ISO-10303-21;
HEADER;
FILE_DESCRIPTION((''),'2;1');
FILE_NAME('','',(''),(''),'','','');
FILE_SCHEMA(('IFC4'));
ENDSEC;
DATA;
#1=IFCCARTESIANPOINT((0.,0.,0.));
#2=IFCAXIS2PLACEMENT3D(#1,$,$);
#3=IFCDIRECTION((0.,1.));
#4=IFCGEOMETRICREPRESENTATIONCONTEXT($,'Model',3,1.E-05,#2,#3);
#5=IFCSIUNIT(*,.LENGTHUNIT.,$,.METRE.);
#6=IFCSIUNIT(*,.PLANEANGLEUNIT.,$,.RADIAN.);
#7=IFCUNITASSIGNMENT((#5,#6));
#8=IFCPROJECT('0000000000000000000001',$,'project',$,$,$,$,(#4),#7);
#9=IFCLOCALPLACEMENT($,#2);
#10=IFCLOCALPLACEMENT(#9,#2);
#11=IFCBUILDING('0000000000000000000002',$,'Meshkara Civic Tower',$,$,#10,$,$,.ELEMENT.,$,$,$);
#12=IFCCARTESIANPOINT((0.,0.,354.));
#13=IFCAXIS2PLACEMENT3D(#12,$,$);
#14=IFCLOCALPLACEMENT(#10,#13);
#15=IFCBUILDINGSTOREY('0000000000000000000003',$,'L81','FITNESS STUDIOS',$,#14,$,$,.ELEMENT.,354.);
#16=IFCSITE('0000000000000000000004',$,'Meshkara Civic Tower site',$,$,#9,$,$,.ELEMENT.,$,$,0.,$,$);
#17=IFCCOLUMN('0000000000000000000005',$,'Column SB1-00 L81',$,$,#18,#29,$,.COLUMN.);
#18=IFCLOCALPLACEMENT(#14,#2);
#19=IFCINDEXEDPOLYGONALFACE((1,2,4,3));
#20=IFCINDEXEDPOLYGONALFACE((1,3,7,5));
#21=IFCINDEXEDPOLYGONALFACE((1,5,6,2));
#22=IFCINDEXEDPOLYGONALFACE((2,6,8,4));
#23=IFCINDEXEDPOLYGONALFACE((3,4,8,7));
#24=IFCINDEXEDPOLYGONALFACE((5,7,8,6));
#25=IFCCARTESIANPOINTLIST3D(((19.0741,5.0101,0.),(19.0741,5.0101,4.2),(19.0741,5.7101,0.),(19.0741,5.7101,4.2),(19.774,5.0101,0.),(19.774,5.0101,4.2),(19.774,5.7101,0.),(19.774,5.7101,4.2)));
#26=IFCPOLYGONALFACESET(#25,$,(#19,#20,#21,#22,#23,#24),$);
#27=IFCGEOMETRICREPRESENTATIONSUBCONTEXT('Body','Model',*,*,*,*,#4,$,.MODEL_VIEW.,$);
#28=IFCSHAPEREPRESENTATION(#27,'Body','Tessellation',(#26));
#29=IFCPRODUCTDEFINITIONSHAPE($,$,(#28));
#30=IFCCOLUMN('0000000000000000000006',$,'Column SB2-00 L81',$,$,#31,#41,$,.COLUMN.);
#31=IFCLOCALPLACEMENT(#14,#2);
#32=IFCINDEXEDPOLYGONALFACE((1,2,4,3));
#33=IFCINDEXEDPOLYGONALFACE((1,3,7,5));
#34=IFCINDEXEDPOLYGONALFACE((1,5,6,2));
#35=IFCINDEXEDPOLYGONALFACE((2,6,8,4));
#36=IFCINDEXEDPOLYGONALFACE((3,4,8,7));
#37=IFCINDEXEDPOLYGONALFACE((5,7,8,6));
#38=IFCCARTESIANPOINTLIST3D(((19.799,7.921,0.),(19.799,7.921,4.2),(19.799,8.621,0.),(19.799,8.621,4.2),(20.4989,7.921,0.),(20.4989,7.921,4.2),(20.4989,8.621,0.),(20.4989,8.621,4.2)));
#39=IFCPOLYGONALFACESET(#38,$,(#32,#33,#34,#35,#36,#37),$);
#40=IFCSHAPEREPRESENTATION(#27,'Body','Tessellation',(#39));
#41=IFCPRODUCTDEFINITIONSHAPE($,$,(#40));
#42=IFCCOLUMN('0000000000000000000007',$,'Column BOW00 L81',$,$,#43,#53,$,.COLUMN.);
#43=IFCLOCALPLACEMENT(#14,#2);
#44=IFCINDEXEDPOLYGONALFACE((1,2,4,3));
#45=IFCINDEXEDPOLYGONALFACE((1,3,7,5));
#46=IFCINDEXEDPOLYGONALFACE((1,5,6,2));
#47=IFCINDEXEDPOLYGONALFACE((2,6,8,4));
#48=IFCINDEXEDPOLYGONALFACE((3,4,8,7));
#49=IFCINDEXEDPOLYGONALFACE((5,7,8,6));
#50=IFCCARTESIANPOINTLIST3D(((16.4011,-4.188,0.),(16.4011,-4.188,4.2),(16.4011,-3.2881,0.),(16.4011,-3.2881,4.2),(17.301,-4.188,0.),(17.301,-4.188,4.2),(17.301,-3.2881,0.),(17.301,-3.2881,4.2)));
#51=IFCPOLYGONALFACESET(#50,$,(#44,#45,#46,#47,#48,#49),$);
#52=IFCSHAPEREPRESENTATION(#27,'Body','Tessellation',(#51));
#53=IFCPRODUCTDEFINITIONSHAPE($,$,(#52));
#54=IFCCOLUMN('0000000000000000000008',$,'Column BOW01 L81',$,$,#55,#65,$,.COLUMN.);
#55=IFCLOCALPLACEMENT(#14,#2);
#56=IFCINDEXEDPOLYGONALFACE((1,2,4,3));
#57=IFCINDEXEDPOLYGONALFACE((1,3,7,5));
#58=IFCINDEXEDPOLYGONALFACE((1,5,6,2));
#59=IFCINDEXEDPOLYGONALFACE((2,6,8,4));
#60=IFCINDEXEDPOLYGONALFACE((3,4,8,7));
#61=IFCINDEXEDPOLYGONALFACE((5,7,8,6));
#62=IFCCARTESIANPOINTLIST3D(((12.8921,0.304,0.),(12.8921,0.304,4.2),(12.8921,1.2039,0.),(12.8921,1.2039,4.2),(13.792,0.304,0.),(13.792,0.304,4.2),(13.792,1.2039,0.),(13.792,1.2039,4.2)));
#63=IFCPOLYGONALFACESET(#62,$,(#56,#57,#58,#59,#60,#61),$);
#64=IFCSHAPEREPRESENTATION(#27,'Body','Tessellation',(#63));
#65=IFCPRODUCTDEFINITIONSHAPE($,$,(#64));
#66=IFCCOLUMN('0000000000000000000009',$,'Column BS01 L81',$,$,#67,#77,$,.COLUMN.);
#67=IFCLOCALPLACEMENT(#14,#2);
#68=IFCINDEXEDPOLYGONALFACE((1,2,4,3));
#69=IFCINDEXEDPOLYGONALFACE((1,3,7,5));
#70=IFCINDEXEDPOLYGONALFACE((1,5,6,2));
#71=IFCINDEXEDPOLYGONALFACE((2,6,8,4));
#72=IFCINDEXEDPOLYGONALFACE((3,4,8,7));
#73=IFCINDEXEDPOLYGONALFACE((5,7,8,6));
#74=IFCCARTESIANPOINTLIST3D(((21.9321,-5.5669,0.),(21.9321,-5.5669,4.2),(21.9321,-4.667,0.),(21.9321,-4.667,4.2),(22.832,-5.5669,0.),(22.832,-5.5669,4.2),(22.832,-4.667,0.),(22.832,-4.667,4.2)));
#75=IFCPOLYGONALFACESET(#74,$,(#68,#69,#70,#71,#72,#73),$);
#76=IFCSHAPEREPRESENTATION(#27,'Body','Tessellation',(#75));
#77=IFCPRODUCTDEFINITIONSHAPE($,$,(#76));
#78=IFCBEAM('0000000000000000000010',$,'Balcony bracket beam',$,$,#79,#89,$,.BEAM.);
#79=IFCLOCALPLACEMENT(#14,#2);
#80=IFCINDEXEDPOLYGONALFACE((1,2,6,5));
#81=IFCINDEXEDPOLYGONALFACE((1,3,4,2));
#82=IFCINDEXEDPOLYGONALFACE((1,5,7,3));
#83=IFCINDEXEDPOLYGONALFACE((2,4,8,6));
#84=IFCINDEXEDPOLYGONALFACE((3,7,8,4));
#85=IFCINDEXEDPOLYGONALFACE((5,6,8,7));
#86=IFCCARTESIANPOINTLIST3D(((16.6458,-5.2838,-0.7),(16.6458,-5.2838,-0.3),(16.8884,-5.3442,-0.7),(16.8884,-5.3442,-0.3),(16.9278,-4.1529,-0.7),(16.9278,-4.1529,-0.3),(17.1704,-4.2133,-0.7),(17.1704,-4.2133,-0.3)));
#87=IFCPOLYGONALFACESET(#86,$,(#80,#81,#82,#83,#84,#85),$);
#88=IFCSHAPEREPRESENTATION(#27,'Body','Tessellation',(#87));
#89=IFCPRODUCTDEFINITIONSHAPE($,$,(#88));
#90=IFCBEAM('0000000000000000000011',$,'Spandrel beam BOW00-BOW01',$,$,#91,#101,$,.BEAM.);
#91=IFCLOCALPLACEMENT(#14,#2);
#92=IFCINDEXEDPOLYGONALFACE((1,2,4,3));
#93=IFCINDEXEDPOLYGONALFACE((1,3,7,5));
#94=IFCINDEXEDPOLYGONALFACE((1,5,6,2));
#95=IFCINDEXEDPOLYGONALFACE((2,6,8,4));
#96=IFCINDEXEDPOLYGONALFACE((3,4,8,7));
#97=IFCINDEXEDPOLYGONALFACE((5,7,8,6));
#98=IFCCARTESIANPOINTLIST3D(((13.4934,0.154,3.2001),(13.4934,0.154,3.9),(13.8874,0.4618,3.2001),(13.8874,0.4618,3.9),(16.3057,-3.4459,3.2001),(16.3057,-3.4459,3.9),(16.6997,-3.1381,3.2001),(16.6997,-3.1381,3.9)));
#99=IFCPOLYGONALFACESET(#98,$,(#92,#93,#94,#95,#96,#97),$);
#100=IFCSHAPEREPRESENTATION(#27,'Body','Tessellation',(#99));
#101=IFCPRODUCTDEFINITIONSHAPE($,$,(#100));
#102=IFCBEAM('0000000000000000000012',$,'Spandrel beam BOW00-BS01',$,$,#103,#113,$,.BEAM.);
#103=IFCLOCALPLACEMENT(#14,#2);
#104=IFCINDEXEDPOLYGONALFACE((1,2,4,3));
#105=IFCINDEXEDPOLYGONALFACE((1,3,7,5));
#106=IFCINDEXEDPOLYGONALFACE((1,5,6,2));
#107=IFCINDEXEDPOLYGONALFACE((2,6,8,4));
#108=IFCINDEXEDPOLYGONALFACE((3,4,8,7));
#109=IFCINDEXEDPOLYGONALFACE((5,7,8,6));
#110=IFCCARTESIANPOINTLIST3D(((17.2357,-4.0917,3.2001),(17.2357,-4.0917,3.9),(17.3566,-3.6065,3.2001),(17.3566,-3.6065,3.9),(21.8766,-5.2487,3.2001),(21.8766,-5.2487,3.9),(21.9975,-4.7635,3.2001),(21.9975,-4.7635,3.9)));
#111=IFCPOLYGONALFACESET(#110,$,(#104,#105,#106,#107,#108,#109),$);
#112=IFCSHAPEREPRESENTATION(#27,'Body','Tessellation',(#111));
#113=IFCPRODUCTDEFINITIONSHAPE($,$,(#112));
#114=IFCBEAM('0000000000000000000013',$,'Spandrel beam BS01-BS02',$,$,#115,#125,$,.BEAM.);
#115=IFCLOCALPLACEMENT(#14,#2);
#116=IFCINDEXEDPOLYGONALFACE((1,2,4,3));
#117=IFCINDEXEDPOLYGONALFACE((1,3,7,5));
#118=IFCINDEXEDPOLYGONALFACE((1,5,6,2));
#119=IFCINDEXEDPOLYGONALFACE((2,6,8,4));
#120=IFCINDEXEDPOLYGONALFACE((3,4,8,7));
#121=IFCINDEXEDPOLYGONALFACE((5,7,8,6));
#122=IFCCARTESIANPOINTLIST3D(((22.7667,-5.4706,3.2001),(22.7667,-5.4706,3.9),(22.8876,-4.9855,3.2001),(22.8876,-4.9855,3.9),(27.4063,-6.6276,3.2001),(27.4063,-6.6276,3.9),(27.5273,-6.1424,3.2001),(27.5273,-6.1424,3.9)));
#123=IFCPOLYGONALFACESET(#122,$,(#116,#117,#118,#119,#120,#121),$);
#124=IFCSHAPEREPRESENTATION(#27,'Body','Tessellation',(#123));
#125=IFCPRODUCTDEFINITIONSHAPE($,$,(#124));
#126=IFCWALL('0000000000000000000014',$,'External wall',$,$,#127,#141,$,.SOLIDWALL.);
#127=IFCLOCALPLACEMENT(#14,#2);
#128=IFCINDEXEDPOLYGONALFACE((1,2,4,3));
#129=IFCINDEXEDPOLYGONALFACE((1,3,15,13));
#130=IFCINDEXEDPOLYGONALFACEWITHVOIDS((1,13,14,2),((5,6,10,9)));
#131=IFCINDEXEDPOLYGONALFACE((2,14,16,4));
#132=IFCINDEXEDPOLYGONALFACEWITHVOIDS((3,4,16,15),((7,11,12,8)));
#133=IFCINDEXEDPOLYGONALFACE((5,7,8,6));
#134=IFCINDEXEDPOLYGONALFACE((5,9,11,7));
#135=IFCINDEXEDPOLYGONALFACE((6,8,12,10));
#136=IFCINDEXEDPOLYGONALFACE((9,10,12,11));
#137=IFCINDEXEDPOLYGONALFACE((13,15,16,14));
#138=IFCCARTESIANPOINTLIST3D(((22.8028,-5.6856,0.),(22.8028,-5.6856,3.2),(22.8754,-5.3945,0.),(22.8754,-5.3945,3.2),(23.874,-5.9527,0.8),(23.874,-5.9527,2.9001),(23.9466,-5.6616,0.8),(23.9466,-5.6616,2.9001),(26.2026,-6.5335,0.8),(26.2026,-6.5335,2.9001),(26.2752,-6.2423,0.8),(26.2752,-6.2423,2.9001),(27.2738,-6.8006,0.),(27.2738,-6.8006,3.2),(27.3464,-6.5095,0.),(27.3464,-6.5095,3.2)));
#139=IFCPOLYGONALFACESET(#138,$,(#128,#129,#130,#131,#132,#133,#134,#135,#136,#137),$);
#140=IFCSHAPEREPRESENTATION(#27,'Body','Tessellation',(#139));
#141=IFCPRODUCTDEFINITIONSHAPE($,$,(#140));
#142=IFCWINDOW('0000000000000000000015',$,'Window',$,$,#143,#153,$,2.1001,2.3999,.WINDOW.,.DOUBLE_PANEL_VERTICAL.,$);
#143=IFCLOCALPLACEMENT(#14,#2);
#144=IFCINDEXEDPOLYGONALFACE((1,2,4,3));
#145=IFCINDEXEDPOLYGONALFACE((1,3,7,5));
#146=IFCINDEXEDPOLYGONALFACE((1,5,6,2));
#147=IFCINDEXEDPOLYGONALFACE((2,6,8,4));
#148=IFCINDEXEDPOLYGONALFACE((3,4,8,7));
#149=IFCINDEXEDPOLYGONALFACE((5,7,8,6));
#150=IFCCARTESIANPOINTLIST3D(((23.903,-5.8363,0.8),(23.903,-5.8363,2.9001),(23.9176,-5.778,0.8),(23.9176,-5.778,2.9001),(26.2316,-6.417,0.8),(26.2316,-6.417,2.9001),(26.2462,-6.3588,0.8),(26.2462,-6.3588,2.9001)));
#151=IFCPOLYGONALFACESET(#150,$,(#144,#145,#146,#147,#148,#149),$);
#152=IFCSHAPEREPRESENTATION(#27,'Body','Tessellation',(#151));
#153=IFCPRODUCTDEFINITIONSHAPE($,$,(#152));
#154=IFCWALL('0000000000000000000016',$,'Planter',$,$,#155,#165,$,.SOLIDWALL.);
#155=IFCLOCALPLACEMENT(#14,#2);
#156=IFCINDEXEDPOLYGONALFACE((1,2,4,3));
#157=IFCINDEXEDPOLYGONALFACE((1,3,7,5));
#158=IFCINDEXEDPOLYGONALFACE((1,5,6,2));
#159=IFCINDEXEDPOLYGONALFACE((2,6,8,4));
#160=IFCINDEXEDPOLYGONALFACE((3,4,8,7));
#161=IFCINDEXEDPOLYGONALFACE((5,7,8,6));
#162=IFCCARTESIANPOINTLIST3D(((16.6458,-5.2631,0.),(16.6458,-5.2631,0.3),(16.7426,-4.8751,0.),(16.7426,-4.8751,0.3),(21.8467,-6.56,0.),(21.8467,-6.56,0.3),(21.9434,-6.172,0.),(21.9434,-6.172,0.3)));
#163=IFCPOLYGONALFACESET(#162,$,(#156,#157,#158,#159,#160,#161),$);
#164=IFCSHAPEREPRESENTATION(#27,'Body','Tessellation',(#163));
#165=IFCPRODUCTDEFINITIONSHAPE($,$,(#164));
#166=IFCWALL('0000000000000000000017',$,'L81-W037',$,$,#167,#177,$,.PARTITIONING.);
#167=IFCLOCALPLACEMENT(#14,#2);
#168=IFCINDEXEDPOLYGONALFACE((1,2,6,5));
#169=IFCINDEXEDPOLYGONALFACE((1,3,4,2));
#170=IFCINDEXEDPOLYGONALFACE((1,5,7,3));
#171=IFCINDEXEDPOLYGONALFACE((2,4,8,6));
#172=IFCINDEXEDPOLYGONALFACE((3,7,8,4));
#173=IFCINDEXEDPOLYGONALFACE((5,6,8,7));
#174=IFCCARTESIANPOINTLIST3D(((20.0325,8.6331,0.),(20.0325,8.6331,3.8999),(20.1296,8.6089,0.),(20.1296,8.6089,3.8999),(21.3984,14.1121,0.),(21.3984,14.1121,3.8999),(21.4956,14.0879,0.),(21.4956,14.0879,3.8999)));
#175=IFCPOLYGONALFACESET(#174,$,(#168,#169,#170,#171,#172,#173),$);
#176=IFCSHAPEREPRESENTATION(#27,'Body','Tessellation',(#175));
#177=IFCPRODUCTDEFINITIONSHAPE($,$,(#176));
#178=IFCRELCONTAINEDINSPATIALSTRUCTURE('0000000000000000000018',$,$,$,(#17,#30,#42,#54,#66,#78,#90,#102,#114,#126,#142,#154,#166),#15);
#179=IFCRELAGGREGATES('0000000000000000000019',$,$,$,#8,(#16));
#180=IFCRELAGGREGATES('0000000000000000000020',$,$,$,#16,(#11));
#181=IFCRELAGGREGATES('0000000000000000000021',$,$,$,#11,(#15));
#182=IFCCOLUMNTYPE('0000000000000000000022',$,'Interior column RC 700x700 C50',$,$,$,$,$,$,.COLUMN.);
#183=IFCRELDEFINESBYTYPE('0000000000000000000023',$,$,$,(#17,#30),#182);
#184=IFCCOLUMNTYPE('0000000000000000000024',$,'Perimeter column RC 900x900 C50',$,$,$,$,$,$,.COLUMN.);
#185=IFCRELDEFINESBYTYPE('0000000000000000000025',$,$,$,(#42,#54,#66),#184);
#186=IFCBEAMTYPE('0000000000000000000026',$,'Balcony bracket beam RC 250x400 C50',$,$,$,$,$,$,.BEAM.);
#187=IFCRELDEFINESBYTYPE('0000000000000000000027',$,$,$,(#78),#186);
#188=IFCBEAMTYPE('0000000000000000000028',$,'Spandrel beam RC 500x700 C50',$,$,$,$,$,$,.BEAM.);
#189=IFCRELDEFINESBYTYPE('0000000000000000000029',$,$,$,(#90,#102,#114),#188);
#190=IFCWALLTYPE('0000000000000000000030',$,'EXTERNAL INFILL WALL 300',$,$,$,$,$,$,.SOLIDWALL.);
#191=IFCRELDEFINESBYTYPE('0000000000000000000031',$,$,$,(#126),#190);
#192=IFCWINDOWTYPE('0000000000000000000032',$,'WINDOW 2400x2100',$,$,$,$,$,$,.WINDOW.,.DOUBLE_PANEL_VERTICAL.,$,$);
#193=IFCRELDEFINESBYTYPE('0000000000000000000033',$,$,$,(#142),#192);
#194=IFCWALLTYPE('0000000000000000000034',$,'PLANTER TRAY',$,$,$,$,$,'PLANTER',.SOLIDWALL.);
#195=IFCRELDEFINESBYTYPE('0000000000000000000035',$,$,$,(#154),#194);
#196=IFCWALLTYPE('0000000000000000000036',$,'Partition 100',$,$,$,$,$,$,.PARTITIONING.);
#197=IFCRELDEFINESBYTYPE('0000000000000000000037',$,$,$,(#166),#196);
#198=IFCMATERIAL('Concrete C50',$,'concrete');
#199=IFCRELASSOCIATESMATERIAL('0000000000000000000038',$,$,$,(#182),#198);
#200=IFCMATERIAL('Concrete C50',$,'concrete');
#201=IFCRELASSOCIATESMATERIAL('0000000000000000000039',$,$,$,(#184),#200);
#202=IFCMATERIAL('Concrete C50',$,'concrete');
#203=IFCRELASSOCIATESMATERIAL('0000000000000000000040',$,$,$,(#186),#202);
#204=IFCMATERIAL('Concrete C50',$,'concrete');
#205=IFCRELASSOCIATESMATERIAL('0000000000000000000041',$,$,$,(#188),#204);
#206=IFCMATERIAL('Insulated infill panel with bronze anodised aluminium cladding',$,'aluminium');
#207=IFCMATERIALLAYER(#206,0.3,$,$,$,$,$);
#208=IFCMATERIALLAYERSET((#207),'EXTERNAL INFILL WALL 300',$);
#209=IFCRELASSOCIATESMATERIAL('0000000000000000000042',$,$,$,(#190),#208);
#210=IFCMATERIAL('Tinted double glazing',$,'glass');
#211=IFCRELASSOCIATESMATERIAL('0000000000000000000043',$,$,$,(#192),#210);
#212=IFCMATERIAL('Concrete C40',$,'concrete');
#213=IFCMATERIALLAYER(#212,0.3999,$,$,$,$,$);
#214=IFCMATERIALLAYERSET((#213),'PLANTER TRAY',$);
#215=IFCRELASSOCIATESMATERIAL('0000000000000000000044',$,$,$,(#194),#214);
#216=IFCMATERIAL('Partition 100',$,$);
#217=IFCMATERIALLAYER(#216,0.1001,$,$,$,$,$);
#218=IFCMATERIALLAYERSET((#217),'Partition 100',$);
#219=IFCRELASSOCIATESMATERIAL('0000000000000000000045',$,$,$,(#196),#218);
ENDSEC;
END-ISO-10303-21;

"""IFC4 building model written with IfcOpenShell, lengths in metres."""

from ifc_helpers import new_model, si_unit, direction, frame, frame_2d, origin, origin_2d, place, context, subcontext, project, spatial, rectangle, extrude, material, layer, layer_set, material_profile, profile_set, type_object, element, fill, save


model = new_model("IFC4")

# Units and contexts
model_context = context("Model", 3, precision=1e-05, world=origin(), true_north=direction((0.0, 1.0)))
body_context = subcontext(model_context, "Body", "Model", "MODEL_VIEW")
ifc_project = project(units=[si_unit("LENGTHUNIT", "METRE"), si_unit("PLANEANGLEUNIT", "RADIAN")], contexts=[model_context])

# Site, building, storey
site_placement = place(None, origin())
site = spatial("IfcSite", under=ifc_project, at=site_placement, Name="Meshkara Civic Tower site", CompositionType="ELEMENT", RefElevation=0.0)
building_placement = place(site_placement, origin())
building = spatial("IfcBuilding", under=site, at=building_placement, Name="Meshkara Civic Tower", CompositionType="ELEMENT")
storey_placement = place(building_placement, frame((0.0, 0.0, 354.0)))
storey = spatial("IfcBuildingStorey", under=building, at=storey_placement, Name="L81", Description="FITNESS STUDIOS", CompositionType="ELEMENT", Elevation=354.0)

# Columns
ifc_material_1 = material(Name="Concrete C50", Category="concrete")
ifc_material_profile_1 = material_profile(ifc_material_1, rectangle(XDim=0.7, YDim=0.7, at=origin_2d()))
ifc_profile_set_1 = profile_set([ifc_material_profile_1], Name="Concrete C50")
column_type_1 = type_object("IfcColumnType", Name="Interior column RC 700x700 C50", PredefinedType="COLUMN", material=ifc_profile_set_1)
for number, where, z_axis, x_axis, name in (
    (1, (19.4241, 5.3601, 0.0), (0.0, 0.0, 1.0), (1.0, 0.0, 0.0), "Column SB1-00 L81"),
    (2, (20.1489, 8.271, 0.0), (0.0, 0.0, 1.0), (1.0, 0.0, 0.0), "Column SB2-00 L81"),
):
    element("IfcColumn", number, at=place(storey_placement, frame(where, z_axis=z_axis, x_axis=x_axis)), inside=storey, type_object=column_type_1, Name=name, PredefinedType="COLUMN", context=body_context, shape_type="SweptSolid", body=[
        extrude(rectangle(XDim=0.7, YDim=0.7, at=origin_2d()), origin(), (0.0, 0.0, 1.0), 4.2),
    ])
ifc_material_2 = material(Name="Concrete C50", Category="concrete")
ifc_material_profile_2 = material_profile(ifc_material_2, rectangle(XDim=0.8999, YDim=0.8999, at=origin_2d()))
ifc_profile_set_2 = profile_set([ifc_material_profile_2], Name="Concrete C50")
column_type_2 = type_object("IfcColumnType", Name="Perimeter column RC 900x900 C50", PredefinedType="COLUMN", material=ifc_profile_set_2)
for number, where, z_axis, x_axis, name in (
    (3, (16.8511, -3.738, 0.0), (0.0, 0.0, 1.0), (1.0, 0.0, 0.0), "Column BOW00 L81"),
    (4, (13.342, 0.7539, 0.0), (0.0, 0.0, 1.0), (1.0, 0.0, 0.0), "Column BOW01 L81"),
    (5, (22.3821, -5.1169, 0.0), (0.0, 0.0, 1.0), (1.0, 0.0, 0.0), "Column BS01 L81"),
):
    element("IfcColumn", number, at=place(storey_placement, frame(where, z_axis=z_axis, x_axis=x_axis)), inside=storey, type_object=column_type_2, Name=name, PredefinedType="COLUMN", context=body_context, shape_type="SweptSolid", body=[
        extrude(rectangle(XDim=0.8999, YDim=0.8999, at=origin_2d()), origin(), (0.0, 0.0, 1.0), 4.2),
    ])

# Beams
ifc_material_3 = material(Name="Concrete C50", Category="concrete")
ifc_material_profile_3 = material_profile(ifc_material_3, rectangle(XDim=0.25, YDim=0.3999, at=origin_2d()))
ifc_profile_set_3 = profile_set([ifc_material_profile_3], Name="Concrete C50")
beam_type_1 = type_object("IfcBeamType", Name="Balcony bracket beam RC 250x400 C50", PredefinedType="BEAM", material=ifc_profile_set_3)
beam_1_placement = place(storey_placement, frame((17.0491, -4.1831, -0.5), z_axis=(-0.241944, -0.97029, 0.0), x_axis=(0.97029, -0.241944, 0.0)))
element("IfcBeam", 6, at=beam_1_placement, inside=storey, type_object=beam_type_1, Name="Balcony bracket beam", PredefinedType="BEAM", context=body_context, shape_type="SweptSolid", body=[
    extrude(rectangle(XDim=0.25, YDim=0.3999, at=origin_2d()), origin(), (0.0, 0.0, 1.0), 1.1655),
])
ifc_material_4 = material(Name="Concrete C50", Category="concrete")
ifc_material_profile_4 = material_profile(ifc_material_4, rectangle(XDim=0.5, YDim=0.7, at=origin_2d()))
ifc_profile_set_4 = profile_set([ifc_material_profile_4], Name="Concrete C50")
beam_type_2 = type_object("IfcBeamType", Name="Spandrel beam RC 500x700 C50", PredefinedType="BEAM", material=ifc_profile_set_4)
beam_2_placement = place(storey_placement, frame((13.6904, 0.3079, 3.55), z_axis=(0.615626, -0.788038, 0.0), x_axis=(0.788038, 0.615626, 0.0)))
element("IfcBeam", 7, at=beam_2_placement, inside=storey, type_object=beam_type_2, Name="Spandrel beam BOW00-BOW01", PredefinedType="BEAM", context=body_context, shape_type="SweptSolid", body=[
    extrude(rectangle(XDim=0.5, YDim=0.7, at=origin_2d()), origin(), (0.0, 0.0, 1.0), 4.5681),
])
beam_3_placement = place(storey_placement, frame((17.2961, -3.8491, 3.55), z_axis=(0.970301, -0.241899, 0.0), x_axis=(0.241899, 0.970301, 0.0)))
element("IfcBeam", 8, at=beam_3_placement, inside=storey, type_object=beam_type_2, Name="Spandrel beam BOW00-BS01", PredefinedType="BEAM", context=body_context, shape_type="SweptSolid", body=[
    extrude(rectangle(XDim=0.5, YDim=0.7, at=origin_2d()), origin(), (0.0, 0.0, 1.0), 4.783),
])
beam_4_placement = place(storey_placement, frame((22.8271, -5.228, 3.55), z_axis=(0.970286, -0.241959, 0.0), x_axis=(0.241959, 0.970286, 0.0)))
element("IfcBeam", 9, at=beam_4_placement, inside=storey, type_object=beam_type_2, Name="Spandrel beam BS01-BS02", PredefinedType="BEAM", context=body_context, shape_type="SweptSolid", body=[
    extrude(rectangle(XDim=0.5, YDim=0.7, at=origin_2d()), origin(), (0.0, 0.0, 1.0), 4.7817),
])

# Wall, opening, window
ifc_material_5 = material(Name="Insulated infill panel with bronze anodised aluminium cladding", Category="aluminium")
ifc_layer_1 = layer(ifc_material_5, 0.3)
ifc_layer_set_1 = layer_set([ifc_layer_1], Name="EXTERNAL INFILL WALL 300")
wall_type_1 = type_object("IfcWallType", Name="EXTERNAL INFILL WALL 300", PredefinedType="SOLIDWALL", material=ifc_layer_set_1)
wall_1_placement = place(storey_placement, frame((22.8391, -5.54, 0.0), z_axis=(0.0, 0.0, 1.0), x_axis=(0.970283, -0.241975, 0.0)))
wall_1 = element("IfcWall", 10, at=wall_1_placement, inside=storey, type_object=wall_type_1, Name="External wall", PredefinedType="SOLIDWALL", context=body_context, shape_type="SweptSolid", body=[
    extrude(rectangle(XDim=4.6079, YDim=0.3, at=frame_2d((2.304, 0.0))), origin(), (0.0, 0.0, 1.0), 3.2),
])
opening_1_placement = place(wall_1_placement, frame((1.104, 0.0, 0.8)))
opening_1 = element("IfcOpeningElement", 11, at=opening_1_placement, cuts=wall_1, PredefinedType="OPENING", context=body_context, shape_type="SweptSolid", body=[
    extrude(rectangle(XDim=2.3999, YDim=2.1001, at=frame_2d((1.2, 1.05))), frame((0.0, 0.1599, 0.0), z_axis=(0.0, -1.0, 0.0), x_axis=(1.0, 0.0, 0.0)), (0.0, 0.0, 1.0), 0.3201),
])
ifc_material_6 = material(Name="Tinted double glazing", Category="glass")
window_type = type_object("IfcWindowType", Name="WINDOW 2400x2100", PartitioningType="DOUBLE_PANEL_VERTICAL", PredefinedType="WINDOW", material=ifc_material_6)
window_placement = place(opening_1_placement, origin())
window = element("IfcWindow", 12, at=window_placement, inside=storey, type_object=window_type, Name="Window", OverallHeight=2.1001, OverallWidth=2.3999, PartitioningType="DOUBLE_PANEL_VERTICAL", PredefinedType="WINDOW", context=body_context, shape_type="SweptSolid", body=[
    extrude(rectangle(XDim=2.3999, YDim=2.1001, at=frame_2d((1.2, 1.05))), frame((0.0, 0.03, 0.0), z_axis=(0.0, -1.0, 0.0), x_axis=(1.0, 0.0, 0.0)), (0.0, 0.0, 1.0), 0.0601),
])
fill(opening_1, window)

# Walls
ifc_material_7 = material(Name="Concrete C40", Category="concrete")
ifc_layer_2 = layer(ifc_material_7, 0.3999)
ifc_layer_set_2 = layer_set([ifc_layer_2], Name="PLANTER TRAY")
wall_type_2 = type_object("IfcWallType", Name="PLANTER TRAY", ElementType="PLANTER", PredefinedType="SOLIDWALL", material=ifc_layer_set_2)
wall_2_placement = place(storey_placement, frame((16.6941, -5.0691, 0.0), z_axis=(0.0, 0.0, 1.0), x_axis=(0.97029, -0.241946, 0.0)))
element("IfcWall", 13, at=wall_2_placement, inside=storey, type_object=wall_type_2, Name="Planter", PredefinedType="SOLIDWALL", context=body_context, shape_type="SweptSolid", body=[
    extrude(rectangle(XDim=5.3601, YDim=0.3999, at=frame_2d((2.6802, 0.0))), origin(), (0.0, 0.0, 1.0), 0.3),
])
ifc_material_8 = material(Name="Partition 100")
ifc_layer_3 = layer(ifc_material_8, 0.1001)
ifc_layer_set_3 = layer_set([ifc_layer_3], Name="Partition 100")
wall_type_3 = type_object("IfcWallType", Name="Partition 100", PredefinedType="PARTITIONING", material=ifc_layer_set_3)
wall_3_placement = place(storey_placement, frame((20.0811, 8.6211, 0.0), z_axis=(0.0, 0.0, 1.0), x_axis=(0.241905, 0.9703, 0.0)))
element("IfcWall", 14, at=wall_3_placement, inside=storey, type_object=wall_type_3, Name="L81-W037", PredefinedType="PARTITIONING", context=body_context, shape_type="SweptSolid", body=[
    extrude(rectangle(XDim=5.6467, YDim=0.1001, at=frame_2d((2.8232, 0.0))), origin(), (0.0, 0.0, 1.0), 3.8999),
])

save(model, "model.ifc")
